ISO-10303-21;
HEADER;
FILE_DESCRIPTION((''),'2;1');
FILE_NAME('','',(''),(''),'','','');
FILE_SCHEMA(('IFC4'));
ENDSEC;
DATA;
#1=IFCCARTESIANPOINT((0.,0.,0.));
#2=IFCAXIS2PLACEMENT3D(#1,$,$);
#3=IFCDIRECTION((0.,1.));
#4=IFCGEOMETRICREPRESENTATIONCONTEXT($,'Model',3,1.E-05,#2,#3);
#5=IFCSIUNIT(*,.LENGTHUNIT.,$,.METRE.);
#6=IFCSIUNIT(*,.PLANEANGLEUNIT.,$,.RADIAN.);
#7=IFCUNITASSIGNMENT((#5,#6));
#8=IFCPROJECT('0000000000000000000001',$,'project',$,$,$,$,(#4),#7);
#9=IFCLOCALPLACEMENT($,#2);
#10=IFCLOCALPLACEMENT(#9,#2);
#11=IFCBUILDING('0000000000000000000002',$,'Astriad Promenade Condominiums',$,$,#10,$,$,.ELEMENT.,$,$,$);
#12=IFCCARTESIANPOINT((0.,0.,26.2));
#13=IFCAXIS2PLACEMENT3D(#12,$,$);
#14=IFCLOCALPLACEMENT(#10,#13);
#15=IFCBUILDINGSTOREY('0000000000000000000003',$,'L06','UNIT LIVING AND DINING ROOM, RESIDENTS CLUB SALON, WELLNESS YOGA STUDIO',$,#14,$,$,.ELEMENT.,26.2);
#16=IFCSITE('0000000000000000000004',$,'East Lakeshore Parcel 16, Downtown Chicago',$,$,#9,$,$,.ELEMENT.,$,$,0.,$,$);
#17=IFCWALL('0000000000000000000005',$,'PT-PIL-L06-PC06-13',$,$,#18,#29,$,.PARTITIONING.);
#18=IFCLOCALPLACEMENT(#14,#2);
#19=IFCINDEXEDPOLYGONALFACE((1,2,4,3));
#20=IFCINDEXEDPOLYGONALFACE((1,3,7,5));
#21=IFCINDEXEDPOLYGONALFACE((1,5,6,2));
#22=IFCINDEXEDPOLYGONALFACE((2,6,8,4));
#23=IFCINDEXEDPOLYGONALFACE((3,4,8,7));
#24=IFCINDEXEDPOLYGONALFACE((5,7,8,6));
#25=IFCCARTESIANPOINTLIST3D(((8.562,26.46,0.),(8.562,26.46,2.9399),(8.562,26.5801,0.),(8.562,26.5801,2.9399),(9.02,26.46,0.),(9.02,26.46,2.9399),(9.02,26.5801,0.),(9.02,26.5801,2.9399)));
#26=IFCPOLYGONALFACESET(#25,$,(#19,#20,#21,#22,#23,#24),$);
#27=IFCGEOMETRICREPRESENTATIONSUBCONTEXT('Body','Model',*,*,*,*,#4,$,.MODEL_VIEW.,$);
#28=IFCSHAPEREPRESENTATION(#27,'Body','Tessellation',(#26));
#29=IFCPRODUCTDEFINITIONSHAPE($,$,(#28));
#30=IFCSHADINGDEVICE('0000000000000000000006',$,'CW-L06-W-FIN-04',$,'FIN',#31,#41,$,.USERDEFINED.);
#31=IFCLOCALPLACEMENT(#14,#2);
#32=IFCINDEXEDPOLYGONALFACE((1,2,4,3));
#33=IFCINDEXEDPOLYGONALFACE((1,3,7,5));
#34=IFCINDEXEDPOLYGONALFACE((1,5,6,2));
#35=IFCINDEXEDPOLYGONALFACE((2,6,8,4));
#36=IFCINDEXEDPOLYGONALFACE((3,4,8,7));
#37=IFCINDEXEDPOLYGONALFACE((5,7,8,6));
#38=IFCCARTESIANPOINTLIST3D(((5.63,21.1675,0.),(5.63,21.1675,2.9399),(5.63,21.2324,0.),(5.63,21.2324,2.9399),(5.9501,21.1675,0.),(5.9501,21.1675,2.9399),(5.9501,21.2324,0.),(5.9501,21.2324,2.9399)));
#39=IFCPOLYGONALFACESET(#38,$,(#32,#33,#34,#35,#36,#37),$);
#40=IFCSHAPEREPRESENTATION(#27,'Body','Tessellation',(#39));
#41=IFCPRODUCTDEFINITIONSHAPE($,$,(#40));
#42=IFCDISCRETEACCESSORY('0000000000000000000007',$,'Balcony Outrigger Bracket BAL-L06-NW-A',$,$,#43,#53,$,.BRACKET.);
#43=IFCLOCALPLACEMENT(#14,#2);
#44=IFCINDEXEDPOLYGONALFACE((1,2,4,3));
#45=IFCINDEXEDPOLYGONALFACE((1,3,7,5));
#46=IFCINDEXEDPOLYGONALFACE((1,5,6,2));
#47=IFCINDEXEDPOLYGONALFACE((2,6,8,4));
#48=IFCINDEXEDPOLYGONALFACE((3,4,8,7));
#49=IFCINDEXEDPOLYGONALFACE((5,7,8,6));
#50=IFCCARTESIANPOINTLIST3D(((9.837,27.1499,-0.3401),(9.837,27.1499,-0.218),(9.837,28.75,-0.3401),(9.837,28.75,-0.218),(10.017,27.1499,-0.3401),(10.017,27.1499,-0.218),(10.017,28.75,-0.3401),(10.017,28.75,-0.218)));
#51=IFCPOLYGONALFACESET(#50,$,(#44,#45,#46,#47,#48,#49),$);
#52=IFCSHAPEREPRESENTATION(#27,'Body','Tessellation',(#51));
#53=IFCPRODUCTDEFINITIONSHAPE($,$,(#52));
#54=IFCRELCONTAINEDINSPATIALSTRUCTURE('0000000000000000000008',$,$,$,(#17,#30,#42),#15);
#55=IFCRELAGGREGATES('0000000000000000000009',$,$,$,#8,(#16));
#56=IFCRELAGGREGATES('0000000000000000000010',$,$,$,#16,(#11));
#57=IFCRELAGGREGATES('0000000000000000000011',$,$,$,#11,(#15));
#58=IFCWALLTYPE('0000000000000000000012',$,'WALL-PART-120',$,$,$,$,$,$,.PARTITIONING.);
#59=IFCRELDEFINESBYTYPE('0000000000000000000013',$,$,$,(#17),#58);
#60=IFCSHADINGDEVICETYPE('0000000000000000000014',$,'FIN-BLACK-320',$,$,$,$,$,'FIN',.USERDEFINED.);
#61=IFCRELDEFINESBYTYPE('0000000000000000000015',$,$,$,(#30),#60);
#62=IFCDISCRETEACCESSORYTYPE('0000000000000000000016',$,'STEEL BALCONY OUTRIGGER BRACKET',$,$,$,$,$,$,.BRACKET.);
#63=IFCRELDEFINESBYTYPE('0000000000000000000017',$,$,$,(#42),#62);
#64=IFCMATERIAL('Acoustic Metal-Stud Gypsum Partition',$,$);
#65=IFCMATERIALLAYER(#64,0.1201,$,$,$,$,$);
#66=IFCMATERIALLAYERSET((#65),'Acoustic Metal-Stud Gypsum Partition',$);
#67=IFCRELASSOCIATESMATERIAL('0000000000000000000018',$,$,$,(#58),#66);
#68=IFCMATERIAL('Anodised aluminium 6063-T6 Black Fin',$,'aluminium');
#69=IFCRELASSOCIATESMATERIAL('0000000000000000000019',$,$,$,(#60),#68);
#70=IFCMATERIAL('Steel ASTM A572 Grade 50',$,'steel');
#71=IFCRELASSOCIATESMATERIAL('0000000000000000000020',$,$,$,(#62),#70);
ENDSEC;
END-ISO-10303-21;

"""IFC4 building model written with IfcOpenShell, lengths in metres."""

from ifc_helpers import new_model, si_unit, direction, frame, frame_2d, origin, origin_2d, place, context, subcontext, project, spatial, rectangle, extrude, source, transform, mapped, material, layer, layer_set, type_object, type_shapes, element, save


model = new_model("IFC4")

# Units and contexts
model_context = context("Model", 3, precision=1e-05, world=origin(), true_north=direction((0.0, 1.0)))
body_context = subcontext(model_context, "Body", "Model", "MODEL_VIEW")
ifc_project = project(units=[si_unit("LENGTHUNIT", "METRE"), si_unit("PLANEANGLEUNIT", "RADIAN")], contexts=[model_context])

# Site, building, storey
site_placement = place(None, origin())
site = spatial("IfcSite", under=ifc_project, at=site_placement, Name="East Lakeshore Parcel 16, Downtown Chicago", CompositionType="ELEMENT", RefElevation=0.0)
building_placement = place(site_placement, origin())
building = spatial("IfcBuilding", under=site, at=building_placement, Name="Astriad Promenade Condominiums", CompositionType="ELEMENT")
storey_placement = place(building_placement, frame((0.0, 0.0, 26.2)))
storey = spatial("IfcBuildingStorey", under=building, at=storey_placement, Name="L06", Description="UNIT LIVING AND DINING ROOM, RESIDENTS CLUB SALON, WELLNESS YOGA STUDIO", CompositionType="ELEMENT", Elevation=26.2)

# Shared definitions
ifc_material_1 = material(Name="Acoustic Metal-Stud Gypsum Partition")
ifc_layer_1 = layer(ifc_material_1, 0.1201)
ifc_layer_set_1 = layer_set([ifc_layer_1], Name="Acoustic Metal-Stud Gypsum Partition")
wall_type_1 = type_object("IfcWallType", Name="WALL-PART-120", PredefinedType="PARTITIONING", material=ifc_layer_set_1)

# Wall
wall_1_placement = place(storey_placement, frame((9.02, 26.52, 0.0), z_axis=(0.0, 0.0, 1.0), x_axis=(-1.0, 0.0, 0.0)))
element("IfcWall", 1, at=wall_1_placement, inside=storey, type_object=wall_type_1, Name="PT-PIL-L06-PC06-13", PredefinedType="PARTITIONING", context=body_context, shape_type="SweptSolid", body=[
    extrude(rectangle(XDim=0.458, YDim=0.1201, at=frame_2d((0.229, 0.0))), origin(), (0.0, 0.0, 1.0), 2.9399),
])

# Shading device
ifc_material_2 = material(Name="Anodised aluminium 6063-T6 Black Fin", Category="aluminium")
shading_device_type = type_object("IfcShadingDeviceType", Name="FIN-BLACK-320", ElementType="FIN", PredefinedType="USERDEFINED", material=ifc_material_2)
shared_shape_1 = source(origin(), body_context, "Body", "SweptSolid", [
    extrude(rectangle(XDim=0.0649, YDim=0.3201, at=origin_2d()), origin(), (0.0, 0.0, 1.0), 2.9399),
])
type_shapes(shading_device_type, [shared_shape_1])
shading_device_placement = place(storey_placement, frame((5.79, 21.2, 0.0), z_axis=(0.0, 0.0, 1.0), x_axis=(0.0, 1.0, 0.0)))
element("IfcShadingDevice", 2, at=shading_device_placement, inside=storey, type_object=shading_device_type, Name="CW-L06-W-FIN-04", ObjectType="FIN", PredefinedType="USERDEFINED", context=body_context, shape_type="MappedRepresentation", body=[
    mapped(shared_shape_1, transform((0.0, 0.0, 0.0), scale=1.0)),
])

# Discrete accessory
ifc_material_3 = material(Name="Steel ASTM A572 Grade 50", Category="steel")
discrete_accessory_type = type_object("IfcDiscreteAccessoryType", Name="STEEL BALCONY OUTRIGGER BRACKET", PredefinedType="BRACKET", material=ifc_material_3)
shared_shape_2 = source(origin(), body_context, "Body", "SweptSolid", [
    extrude(rectangle(XDim=1.6001, YDim=0.1799, at=origin_2d()), origin(), (0.0, 0.0, 1.0), 0.1221),
])
type_shapes(discrete_accessory_type, [shared_shape_2])
discrete_accessory_placement = place(storey_placement, frame((9.927, 27.95, -0.3401), z_axis=(0.0, 0.0, 1.0), x_axis=(0.0, 1.0, 0.0)))
element("IfcDiscreteAccessory", 3, at=discrete_accessory_placement, inside=storey, type_object=discrete_accessory_type, Name="Balcony Outrigger Bracket BAL-L06-NW-A", PredefinedType="BRACKET", context=body_context, shape_type="MappedRepresentation", body=[
    mapped(shared_shape_2, transform((0.0, 0.0, 0.0), scale=1.0)),
])

save(model, "model.ifc")
